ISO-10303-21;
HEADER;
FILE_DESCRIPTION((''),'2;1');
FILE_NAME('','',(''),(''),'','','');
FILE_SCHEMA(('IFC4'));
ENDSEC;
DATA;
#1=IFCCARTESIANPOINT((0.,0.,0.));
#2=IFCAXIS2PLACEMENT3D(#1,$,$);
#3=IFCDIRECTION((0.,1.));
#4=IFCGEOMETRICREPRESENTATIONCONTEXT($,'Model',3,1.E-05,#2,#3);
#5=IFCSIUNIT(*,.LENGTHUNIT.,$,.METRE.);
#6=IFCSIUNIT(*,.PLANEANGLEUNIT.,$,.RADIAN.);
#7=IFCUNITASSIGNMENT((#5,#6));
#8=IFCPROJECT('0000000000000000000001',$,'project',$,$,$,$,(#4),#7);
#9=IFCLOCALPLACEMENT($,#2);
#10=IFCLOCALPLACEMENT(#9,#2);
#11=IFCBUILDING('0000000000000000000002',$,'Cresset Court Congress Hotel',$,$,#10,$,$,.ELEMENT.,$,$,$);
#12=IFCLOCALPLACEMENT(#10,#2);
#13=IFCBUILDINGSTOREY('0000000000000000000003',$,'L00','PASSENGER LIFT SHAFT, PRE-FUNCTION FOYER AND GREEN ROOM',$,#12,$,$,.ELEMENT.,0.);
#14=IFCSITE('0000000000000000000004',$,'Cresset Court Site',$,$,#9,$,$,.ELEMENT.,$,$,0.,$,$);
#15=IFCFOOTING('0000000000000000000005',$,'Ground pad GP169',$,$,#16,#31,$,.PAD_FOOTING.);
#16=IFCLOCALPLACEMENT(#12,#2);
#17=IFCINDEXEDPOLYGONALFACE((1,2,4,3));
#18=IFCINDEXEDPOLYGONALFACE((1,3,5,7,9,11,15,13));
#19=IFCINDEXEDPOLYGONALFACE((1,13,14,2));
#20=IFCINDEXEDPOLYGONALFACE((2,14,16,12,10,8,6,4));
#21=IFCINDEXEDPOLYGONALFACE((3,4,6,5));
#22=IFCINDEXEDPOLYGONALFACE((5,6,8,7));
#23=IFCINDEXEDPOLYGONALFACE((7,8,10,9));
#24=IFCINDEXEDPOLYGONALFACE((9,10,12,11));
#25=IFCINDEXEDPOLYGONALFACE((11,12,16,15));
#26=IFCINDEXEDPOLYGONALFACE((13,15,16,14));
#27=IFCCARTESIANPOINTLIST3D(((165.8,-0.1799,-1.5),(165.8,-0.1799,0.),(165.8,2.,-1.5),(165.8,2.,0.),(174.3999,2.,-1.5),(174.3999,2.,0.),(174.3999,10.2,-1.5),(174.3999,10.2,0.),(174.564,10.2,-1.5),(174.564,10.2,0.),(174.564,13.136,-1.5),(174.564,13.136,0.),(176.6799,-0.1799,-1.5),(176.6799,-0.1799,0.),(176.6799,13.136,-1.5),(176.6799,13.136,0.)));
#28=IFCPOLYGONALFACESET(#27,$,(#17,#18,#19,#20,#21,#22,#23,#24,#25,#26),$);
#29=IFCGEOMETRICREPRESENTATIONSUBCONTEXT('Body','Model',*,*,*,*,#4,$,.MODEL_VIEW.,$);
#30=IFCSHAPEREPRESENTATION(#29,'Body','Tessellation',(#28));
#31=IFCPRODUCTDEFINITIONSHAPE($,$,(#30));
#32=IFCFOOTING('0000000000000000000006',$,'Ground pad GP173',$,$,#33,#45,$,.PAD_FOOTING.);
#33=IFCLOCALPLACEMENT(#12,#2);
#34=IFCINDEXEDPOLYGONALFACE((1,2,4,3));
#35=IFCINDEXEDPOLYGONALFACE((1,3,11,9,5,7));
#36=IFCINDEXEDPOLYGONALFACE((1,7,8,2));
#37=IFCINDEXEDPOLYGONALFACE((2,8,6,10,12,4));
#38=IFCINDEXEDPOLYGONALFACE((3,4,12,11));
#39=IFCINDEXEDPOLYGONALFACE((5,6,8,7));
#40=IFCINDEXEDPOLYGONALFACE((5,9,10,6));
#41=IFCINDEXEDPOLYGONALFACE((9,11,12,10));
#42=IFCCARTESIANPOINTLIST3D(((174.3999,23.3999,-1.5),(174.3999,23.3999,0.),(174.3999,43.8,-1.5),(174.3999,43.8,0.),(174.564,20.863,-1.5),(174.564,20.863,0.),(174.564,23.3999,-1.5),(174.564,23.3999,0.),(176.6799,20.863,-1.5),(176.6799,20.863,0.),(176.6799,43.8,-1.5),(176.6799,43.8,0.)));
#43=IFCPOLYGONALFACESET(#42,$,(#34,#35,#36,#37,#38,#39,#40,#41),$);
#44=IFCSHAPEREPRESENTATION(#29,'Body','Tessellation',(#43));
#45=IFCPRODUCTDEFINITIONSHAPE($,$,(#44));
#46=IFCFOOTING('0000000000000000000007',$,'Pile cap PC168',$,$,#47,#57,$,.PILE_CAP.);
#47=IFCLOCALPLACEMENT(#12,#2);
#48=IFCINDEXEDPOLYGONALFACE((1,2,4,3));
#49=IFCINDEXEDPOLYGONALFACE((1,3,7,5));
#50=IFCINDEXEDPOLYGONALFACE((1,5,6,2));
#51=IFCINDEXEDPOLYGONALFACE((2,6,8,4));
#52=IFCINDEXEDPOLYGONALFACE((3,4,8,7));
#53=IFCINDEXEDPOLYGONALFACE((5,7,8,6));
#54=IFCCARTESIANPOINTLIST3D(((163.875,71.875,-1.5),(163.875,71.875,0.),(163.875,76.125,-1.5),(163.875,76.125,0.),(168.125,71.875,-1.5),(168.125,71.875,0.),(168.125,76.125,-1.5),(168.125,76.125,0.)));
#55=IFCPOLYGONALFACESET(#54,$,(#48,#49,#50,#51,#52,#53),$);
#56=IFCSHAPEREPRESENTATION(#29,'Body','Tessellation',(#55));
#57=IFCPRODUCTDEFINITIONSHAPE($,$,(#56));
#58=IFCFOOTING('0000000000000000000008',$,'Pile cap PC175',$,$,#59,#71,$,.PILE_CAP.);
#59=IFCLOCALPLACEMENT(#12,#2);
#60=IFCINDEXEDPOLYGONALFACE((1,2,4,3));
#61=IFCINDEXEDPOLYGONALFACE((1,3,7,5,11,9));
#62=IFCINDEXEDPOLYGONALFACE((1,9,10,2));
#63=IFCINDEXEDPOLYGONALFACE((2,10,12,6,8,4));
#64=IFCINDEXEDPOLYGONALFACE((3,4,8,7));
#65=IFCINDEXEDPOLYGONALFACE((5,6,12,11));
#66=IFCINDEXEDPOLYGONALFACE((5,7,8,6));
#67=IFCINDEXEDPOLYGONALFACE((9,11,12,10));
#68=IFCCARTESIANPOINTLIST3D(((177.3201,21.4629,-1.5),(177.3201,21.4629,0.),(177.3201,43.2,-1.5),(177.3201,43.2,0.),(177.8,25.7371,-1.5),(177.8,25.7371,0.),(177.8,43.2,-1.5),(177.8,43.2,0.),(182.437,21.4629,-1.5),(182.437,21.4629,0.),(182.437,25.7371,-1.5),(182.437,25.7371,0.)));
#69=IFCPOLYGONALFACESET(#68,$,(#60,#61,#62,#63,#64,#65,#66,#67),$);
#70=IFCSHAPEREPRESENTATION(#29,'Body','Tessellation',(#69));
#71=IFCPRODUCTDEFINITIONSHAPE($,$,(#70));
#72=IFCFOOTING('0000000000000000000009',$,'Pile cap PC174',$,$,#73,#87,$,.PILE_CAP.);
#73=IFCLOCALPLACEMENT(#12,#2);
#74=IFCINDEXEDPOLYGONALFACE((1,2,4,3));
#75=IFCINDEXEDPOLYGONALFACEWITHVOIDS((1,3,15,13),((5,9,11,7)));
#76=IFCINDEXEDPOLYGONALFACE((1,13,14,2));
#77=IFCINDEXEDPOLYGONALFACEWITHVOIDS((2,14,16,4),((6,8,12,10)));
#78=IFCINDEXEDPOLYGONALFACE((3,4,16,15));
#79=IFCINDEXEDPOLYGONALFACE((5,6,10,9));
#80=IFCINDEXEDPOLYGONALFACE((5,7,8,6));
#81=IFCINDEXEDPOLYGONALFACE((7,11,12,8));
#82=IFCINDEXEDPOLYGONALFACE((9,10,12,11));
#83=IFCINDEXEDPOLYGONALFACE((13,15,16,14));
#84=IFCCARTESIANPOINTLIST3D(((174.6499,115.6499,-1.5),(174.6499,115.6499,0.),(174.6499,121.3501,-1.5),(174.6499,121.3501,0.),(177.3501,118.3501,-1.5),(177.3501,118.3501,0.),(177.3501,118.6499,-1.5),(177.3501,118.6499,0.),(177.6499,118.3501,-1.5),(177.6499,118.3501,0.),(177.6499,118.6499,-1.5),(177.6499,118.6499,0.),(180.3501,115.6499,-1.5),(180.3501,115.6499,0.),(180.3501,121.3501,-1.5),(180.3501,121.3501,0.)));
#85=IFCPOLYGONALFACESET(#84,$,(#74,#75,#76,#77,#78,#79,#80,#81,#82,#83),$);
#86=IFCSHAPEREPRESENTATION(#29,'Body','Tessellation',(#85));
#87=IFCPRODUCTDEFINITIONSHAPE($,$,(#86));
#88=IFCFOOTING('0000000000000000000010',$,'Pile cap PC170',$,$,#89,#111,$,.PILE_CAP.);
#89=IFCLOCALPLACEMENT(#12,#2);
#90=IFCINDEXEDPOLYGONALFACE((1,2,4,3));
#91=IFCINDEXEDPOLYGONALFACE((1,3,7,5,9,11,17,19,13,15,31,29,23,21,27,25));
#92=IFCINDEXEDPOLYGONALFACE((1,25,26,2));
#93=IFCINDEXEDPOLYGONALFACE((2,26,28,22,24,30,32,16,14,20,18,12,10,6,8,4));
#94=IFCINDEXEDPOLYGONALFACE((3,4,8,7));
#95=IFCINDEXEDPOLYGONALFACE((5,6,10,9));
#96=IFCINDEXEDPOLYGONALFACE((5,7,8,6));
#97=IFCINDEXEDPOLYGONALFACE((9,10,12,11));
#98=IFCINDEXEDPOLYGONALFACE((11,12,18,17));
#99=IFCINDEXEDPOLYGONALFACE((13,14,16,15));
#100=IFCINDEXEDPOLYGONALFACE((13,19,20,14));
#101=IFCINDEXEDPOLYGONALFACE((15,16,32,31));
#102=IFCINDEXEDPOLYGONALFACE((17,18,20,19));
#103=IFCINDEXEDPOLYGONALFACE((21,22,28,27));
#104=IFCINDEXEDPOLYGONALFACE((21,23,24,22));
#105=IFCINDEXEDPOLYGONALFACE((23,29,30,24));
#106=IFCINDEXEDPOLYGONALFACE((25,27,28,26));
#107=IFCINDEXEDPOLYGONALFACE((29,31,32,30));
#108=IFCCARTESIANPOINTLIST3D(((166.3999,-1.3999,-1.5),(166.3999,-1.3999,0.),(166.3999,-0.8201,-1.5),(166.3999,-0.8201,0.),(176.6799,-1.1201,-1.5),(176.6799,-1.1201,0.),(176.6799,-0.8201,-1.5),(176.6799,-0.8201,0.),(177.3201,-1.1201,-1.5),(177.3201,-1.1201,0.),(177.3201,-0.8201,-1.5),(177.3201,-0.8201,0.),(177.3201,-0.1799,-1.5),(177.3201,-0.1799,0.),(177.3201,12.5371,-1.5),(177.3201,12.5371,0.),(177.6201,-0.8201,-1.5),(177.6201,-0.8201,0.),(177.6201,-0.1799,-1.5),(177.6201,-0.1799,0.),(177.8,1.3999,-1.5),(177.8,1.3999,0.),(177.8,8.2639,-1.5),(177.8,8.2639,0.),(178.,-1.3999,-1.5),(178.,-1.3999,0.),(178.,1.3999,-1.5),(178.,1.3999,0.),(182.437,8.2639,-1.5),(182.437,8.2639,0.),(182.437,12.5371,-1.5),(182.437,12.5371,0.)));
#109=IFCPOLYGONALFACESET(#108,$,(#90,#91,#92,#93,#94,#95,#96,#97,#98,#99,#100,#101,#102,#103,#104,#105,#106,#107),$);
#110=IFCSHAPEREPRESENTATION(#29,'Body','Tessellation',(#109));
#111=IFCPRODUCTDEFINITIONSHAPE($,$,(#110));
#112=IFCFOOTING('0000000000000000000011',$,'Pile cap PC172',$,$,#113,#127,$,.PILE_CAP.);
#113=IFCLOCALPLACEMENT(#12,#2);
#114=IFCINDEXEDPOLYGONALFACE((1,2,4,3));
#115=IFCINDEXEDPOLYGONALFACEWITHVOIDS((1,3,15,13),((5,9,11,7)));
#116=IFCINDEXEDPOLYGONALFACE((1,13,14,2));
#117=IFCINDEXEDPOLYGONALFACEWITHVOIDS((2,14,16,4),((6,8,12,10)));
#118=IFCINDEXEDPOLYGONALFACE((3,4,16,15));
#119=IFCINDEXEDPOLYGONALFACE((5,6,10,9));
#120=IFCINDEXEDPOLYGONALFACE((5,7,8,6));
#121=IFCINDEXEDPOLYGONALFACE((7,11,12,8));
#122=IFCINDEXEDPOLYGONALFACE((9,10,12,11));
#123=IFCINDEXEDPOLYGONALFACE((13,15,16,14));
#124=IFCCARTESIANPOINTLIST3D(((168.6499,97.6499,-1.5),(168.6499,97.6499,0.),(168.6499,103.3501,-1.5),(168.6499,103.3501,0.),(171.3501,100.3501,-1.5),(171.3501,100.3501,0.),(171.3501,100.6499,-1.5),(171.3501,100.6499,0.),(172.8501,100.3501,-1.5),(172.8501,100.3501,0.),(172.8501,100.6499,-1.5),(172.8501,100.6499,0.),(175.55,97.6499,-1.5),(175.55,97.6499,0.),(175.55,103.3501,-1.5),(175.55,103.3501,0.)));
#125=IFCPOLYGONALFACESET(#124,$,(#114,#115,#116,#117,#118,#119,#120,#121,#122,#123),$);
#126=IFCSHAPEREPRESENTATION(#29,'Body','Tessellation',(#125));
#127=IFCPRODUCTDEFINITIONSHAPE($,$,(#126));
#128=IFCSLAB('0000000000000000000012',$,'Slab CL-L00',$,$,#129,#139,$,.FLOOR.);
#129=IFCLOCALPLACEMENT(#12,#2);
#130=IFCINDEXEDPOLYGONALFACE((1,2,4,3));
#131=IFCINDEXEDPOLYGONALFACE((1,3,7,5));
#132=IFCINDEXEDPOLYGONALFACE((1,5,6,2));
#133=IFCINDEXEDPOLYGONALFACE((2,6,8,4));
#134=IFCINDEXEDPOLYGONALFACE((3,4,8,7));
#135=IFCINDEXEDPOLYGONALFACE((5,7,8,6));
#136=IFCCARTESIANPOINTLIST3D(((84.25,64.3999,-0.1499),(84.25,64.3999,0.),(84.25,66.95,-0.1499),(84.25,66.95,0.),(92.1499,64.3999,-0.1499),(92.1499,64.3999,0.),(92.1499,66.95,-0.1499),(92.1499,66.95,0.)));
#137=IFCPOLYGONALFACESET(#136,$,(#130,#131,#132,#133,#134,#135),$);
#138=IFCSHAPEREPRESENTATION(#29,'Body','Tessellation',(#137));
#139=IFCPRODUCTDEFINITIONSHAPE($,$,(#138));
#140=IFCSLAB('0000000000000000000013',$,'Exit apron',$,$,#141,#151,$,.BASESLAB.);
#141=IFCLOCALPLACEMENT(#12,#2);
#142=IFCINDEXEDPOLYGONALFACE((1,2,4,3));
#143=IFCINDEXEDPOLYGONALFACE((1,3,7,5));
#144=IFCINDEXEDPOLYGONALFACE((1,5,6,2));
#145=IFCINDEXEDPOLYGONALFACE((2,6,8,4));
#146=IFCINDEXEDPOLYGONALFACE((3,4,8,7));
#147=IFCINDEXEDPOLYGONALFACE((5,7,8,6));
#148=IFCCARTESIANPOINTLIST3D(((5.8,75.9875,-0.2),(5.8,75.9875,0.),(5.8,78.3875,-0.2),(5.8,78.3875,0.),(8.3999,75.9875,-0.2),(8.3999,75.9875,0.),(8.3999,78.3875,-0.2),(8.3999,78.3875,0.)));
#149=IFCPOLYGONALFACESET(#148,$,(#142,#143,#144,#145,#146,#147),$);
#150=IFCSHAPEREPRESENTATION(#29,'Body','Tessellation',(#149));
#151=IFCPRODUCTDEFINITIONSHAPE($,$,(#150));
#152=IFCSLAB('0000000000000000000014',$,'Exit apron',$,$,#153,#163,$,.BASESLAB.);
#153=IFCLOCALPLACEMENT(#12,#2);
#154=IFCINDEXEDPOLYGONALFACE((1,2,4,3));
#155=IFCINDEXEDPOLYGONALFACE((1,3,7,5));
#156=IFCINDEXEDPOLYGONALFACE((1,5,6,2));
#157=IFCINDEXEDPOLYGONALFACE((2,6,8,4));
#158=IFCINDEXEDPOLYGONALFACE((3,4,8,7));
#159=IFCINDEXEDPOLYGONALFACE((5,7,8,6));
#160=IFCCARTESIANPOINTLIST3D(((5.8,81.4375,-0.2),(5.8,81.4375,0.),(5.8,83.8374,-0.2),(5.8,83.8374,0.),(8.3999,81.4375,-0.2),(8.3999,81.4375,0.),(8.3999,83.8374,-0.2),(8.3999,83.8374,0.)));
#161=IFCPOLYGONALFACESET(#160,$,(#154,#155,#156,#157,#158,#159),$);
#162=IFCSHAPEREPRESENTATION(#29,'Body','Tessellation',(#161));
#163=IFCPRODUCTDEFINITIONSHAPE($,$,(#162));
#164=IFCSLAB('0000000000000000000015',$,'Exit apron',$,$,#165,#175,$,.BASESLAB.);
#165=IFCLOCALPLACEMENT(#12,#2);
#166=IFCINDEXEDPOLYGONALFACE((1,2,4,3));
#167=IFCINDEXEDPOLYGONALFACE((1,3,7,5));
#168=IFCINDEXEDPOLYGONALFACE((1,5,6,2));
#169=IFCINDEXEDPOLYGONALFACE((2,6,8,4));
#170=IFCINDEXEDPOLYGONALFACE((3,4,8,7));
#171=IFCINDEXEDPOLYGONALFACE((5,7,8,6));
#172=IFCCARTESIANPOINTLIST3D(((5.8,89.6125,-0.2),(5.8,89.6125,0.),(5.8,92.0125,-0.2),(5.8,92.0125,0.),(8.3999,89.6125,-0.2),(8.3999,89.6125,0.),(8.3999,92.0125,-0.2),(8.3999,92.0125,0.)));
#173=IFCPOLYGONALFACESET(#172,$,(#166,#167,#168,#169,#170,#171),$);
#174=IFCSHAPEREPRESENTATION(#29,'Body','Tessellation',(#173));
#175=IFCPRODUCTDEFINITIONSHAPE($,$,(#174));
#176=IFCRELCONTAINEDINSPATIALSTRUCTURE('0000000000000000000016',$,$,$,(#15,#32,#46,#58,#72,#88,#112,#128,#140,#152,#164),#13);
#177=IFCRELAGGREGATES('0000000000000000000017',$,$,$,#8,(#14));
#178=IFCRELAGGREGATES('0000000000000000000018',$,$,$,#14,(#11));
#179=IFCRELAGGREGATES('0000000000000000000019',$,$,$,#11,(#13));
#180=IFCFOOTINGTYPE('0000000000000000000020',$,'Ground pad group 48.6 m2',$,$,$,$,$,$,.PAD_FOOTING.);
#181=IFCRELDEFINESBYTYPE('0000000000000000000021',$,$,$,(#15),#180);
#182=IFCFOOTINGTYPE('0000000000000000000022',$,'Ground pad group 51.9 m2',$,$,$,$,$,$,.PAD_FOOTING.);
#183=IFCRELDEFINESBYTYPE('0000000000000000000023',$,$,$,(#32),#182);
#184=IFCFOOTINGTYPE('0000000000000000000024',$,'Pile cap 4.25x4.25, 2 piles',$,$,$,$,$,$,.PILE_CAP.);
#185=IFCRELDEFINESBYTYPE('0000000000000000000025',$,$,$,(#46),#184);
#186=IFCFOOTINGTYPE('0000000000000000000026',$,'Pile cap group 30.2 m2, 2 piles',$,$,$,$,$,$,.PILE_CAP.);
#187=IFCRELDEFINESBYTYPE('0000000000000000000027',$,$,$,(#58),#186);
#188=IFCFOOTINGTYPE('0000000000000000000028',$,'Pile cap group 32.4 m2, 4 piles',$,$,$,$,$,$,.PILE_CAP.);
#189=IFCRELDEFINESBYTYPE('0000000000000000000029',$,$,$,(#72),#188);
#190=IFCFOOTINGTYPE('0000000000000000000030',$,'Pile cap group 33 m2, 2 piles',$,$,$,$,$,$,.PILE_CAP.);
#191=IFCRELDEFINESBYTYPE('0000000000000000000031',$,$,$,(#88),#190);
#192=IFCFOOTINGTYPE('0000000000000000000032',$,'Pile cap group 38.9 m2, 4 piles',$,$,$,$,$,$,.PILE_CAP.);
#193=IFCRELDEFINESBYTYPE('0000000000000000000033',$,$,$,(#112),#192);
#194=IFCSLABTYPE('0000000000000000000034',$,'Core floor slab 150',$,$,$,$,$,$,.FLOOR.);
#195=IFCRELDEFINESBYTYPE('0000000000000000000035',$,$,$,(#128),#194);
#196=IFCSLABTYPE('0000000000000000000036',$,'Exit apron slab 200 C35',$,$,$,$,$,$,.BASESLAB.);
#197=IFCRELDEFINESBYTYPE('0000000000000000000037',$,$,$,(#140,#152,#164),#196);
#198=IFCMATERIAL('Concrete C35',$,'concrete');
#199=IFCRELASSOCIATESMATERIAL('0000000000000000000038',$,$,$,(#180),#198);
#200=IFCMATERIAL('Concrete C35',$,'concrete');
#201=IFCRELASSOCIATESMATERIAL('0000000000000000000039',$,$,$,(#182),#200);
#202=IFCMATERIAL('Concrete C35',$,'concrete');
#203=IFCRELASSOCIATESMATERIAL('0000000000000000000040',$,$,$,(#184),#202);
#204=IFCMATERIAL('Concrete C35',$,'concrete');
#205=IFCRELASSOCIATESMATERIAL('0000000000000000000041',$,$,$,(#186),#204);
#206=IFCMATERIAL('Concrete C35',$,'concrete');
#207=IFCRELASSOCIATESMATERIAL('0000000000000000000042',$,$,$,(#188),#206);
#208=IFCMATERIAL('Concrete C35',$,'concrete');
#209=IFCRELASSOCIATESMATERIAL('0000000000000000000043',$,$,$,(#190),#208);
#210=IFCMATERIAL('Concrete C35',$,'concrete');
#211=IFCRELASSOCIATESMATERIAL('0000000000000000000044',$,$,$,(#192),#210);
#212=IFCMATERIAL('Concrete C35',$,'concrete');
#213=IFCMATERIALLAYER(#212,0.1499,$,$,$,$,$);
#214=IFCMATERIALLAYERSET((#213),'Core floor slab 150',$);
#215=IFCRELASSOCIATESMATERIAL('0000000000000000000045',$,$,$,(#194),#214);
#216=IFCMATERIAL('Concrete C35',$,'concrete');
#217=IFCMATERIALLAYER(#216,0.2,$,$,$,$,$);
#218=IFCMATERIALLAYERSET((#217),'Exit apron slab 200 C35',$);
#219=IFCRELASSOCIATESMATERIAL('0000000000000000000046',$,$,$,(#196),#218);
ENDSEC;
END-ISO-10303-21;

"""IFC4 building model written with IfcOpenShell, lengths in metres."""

from ifc_helpers import new_model, si_unit, direction, frame, origin, place, context, subcontext, project, spatial, polyline, outline, extrude, material, layer, layer_set, type_object, element, save


model = new_model("IFC4")

# Units and contexts
model_context = context("Model", 3, precision=1e-05, world=origin(), true_north=direction((0.0, 1.0)))
body_context = subcontext(model_context, "Body", "Model", "MODEL_VIEW")
ifc_project = project(units=[si_unit("LENGTHUNIT", "METRE"), si_unit("PLANEANGLEUNIT", "RADIAN")], contexts=[model_context])

# Site, building, storey
site_placement = place(None, origin())
site = spatial("IfcSite", under=ifc_project, at=site_placement, Name="Cresset Court Site", CompositionType="ELEMENT", RefElevation=0.0)
building_placement = place(site_placement, origin())
building = spatial("IfcBuilding", under=site, at=building_placement, Name="Cresset Court Congress Hotel", CompositionType="ELEMENT")
storey_placement = place(building_placement, origin())
storey = spatial("IfcBuildingStorey", under=building, at=storey_placement, Name="L00", Description="PASSENGER LIFT SHAFT, PRE-FUNCTION FOYER AND GREEN ROOM", CompositionType="ELEMENT", Elevation=0.0)

# Footings
ifc_material_1 = material(Name="Concrete C35", Category="concrete")
footing_type_1 = type_object("IfcFootingType", Name="Ground pad group 48.6 m2", PredefinedType="PAD_FOOTING", material=ifc_material_1)
footing_1_placement = place(storey_placement, frame((0.0, 0.0, -1.5)))
element("IfcFooting", 1, at=footing_1_placement, inside=storey, type_object=footing_type_1, Name="Ground pad GP169", PredefinedType="PAD_FOOTING", context=body_context, shape_type="SweptSolid", body=[
    extrude(outline(polyline([(174.3999, 10.2), (174.564, 10.2), (174.564, 13.136), (176.6799, 13.136), (176.6799, -0.1799), (165.8, -0.1799), (165.8, 2.0), (174.3999, 2.0), (174.3999, 10.2)])), origin(), (0.0, 0.0, 1.0), 1.5),
])
ifc_material_2 = material(Name="Concrete C35", Category="concrete")
footing_type_2 = type_object("IfcFootingType", Name="Ground pad group 51.9 m2", PredefinedType="PAD_FOOTING", material=ifc_material_2)
footing_2_placement = place(storey_placement, frame((0.0, 0.0, -1.5)))
element("IfcFooting", 2, at=footing_2_placement, inside=storey, type_object=footing_type_2, Name="Ground pad GP173", PredefinedType="PAD_FOOTING", context=body_context, shape_type="SweptSolid", body=[
    extrude(outline(polyline([(174.3999, 23.3999), (174.3999, 43.8), (176.6799, 43.8), (176.6799, 20.863), (174.564, 20.863), (174.564, 23.3999), (174.3999, 23.3999)])), origin(), (0.0, 0.0, 1.0), 1.5),
])
ifc_material_3 = material(Name="Concrete C35", Category="concrete")
footing_type_3 = type_object("IfcFootingType", Name="Pile cap 4.25x4.25, 2 piles", PredefinedType="PILE_CAP", material=ifc_material_3)
footing_3_placement = place(storey_placement, frame((0.0, 0.0, -1.5)))
element("IfcFooting", 3, at=footing_3_placement, inside=storey, type_object=footing_type_3, Name="Pile cap PC168", PredefinedType="PILE_CAP", context=body_context, shape_type="SweptSolid", body=[
    extrude(outline(polyline([(168.125, 76.125), (168.125, 71.875), (163.875, 71.875), (163.875, 76.125), (168.125, 76.125)])), origin(), (0.0, 0.0, 1.0), 1.5),
])
ifc_material_4 = material(Name="Concrete C35", Category="concrete")
footing_type_4 = type_object("IfcFootingType", Name="Pile cap group 30.2 m2, 2 piles", PredefinedType="PILE_CAP", material=ifc_material_4)
footing_4_placement = place(storey_placement, frame((0.0, 0.0, -1.5)))
element("IfcFooting", 4, at=footing_4_placement, inside=storey, type_object=footing_type_4, Name="Pile cap PC175", PredefinedType="PILE_CAP", context=body_context, shape_type="SweptSolid", body=[
    extrude(outline(polyline([(177.3201, 21.4629), (177.3201, 43.2), (177.8, 43.2), (177.8, 25.7371), (182.437, 25.7371), (182.437, 21.4629), (177.3201, 21.4629)])), origin(), (0.0, 0.0, 1.0), 1.5),
])
ifc_material_5 = material(Name="Concrete C35", Category="concrete")
footing_type_5 = type_object("IfcFootingType", Name="Pile cap group 32.4 m2, 4 piles", PredefinedType="PILE_CAP", material=ifc_material_5)
footing_5_placement = place(storey_placement, frame((0.0, 0.0, -1.5)))
element("IfcFooting", 5, at=footing_5_placement, inside=storey, type_object=footing_type_5, Name="Pile cap PC174", PredefinedType="PILE_CAP", context=body_context, shape_type="SweptSolid", body=[
    extrude(outline(polyline([(174.6499, 115.6499), (174.6499, 121.3501), (180.3501, 121.3501), (180.3501, 115.6499), (174.6499, 115.6499)]), holes=[polyline([(177.6499, 118.3501), (177.6499, 118.6499), (177.3501, 118.6499), (177.3501, 118.3501), (177.6499, 118.3501)])]), origin(), (0.0, 0.0, 1.0), 1.5),
])
ifc_material_6 = material(Name="Concrete C35", Category="concrete")
footing_type_6 = type_object("IfcFootingType", Name="Pile cap group 33 m2, 2 piles", PredefinedType="PILE_CAP", material=ifc_material_6)
footing_6_placement = place(storey_placement, frame((0.0, 0.0, -1.5)))
element("IfcFooting", 6, at=footing_6_placement, inside=storey, type_object=footing_type_6, Name="Pile cap PC170", PredefinedType="PILE_CAP", context=body_context, shape_type="SweptSolid", body=[
    extrude(outline(polyline([(178.0, 1.3999), (178.0, -1.3999), (166.3999, -1.3999), (166.3999, -0.8201), (176.6799, -0.8201), (176.6799, -1.1201), (177.3201, -1.1201), (177.3201, -0.8201), (177.6201, -0.8201), (177.6201, -0.1799), (177.3201, -0.1799), (177.3201, 12.5371), (182.437, 12.5371), (182.437, 8.2639), (177.8, 8.2639), (177.8, 1.3999), (178.0, 1.3999)])), origin(), (0.0, 0.0, 1.0), 1.5),
])
ifc_material_7 = material(Name="Concrete C35", Category="concrete")
footing_type_7 = type_object("IfcFootingType", Name="Pile cap group 38.9 m2, 4 piles", PredefinedType="PILE_CAP", material=ifc_material_7)
footing_7_placement = place(storey_placement, frame((0.0, 0.0, -1.5)))
element("IfcFooting", 7, at=footing_7_placement, inside=storey, type_object=footing_type_7, Name="Pile cap PC172", PredefinedType="PILE_CAP", context=body_context, shape_type="SweptSolid", body=[
    extrude(outline(polyline([(168.6499, 103.3501), (175.55, 103.3501), (175.55, 97.6499), (168.6499, 97.6499), (168.6499, 103.3501)]), holes=[polyline([(172.8501, 100.3501), (172.8501, 100.6499), (171.3501, 100.6499), (171.3501, 100.3501), (172.8501, 100.3501)])]), origin(), (0.0, 0.0, 1.0), 1.5),
])

# Slabs
ifc_material_8 = material(Name="Concrete C35", Category="concrete")
ifc_layer_1 = layer(ifc_material_8, 0.1499)
ifc_layer_set_1 = layer_set([ifc_layer_1], Name="Core floor slab 150")
slab_type_1 = type_object("IfcSlabType", Name="Core floor slab 150", PredefinedType="FLOOR", material=ifc_layer_set_1)
slab_1_placement = place(storey_placement, frame((0.0, 0.0, -0.1499)))
element("IfcSlab", 8, at=slab_1_placement, inside=storey, type_object=slab_type_1, Name="Slab CL-L00", PredefinedType="FLOOR", context=body_context, shape_type="SweptSolid", body=[
    extrude(outline(polyline([(92.1499, 64.3999), (92.1499, 66.95), (84.25, 66.95), (84.25, 64.3999), (92.1499, 64.3999)])), origin(), (0.0, 0.0, 1.0), 0.1499),
])
ifc_material_9 = material(Name="Concrete C35", Category="concrete")
ifc_layer_2 = layer(ifc_material_9, 0.2)
ifc_layer_set_2 = layer_set([ifc_layer_2], Name="Exit apron slab 200 C35")
slab_type_2 = type_object("IfcSlabType", Name="Exit apron slab 200 C35", PredefinedType="BASESLAB", material=ifc_layer_set_2)
slab_2_placement = place(storey_placement, frame((0.0, 0.0, -0.2)))
element("IfcSlab", 9, at=slab_2_placement, inside=storey, type_object=slab_type_2, Name="Exit apron", PredefinedType="BASESLAB", context=body_context, shape_type="SweptSolid", body=[
    extrude(outline(polyline([(5.8, 75.9875), (8.3999, 75.9875), (8.3999, 78.3875), (5.8, 78.3875), (5.8, 75.9875)])), origin(), (0.0, 0.0, 1.0), 0.2),
])
slab_3_placement = place(storey_placement, frame((0.0, 0.0, -0.2)))
element("IfcSlab", 10, at=slab_3_placement, inside=storey, type_object=slab_type_2, Name="Exit apron", PredefinedType="BASESLAB", context=body_context, shape_type="SweptSolid", body=[
    extrude(outline(polyline([(5.8, 81.4375), (8.3999, 81.4375), (8.3999, 83.8374), (5.8, 83.8374), (5.8, 81.4375)])), origin(), (0.0, 0.0, 1.0), 0.2),
])
slab_4_placement = place(storey_placement, frame((0.0, 0.0, -0.2)))
element("IfcSlab", 11, at=slab_4_placement, inside=storey, type_object=slab_type_2, Name="Exit apron", PredefinedType="BASESLAB", context=body_context, shape_type="SweptSolid", body=[
    extrude(outline(polyline([(5.8, 89.6125), (8.3999, 89.6125), (8.3999, 92.0125), (5.8, 92.0125), (5.8, 89.6125)])), origin(), (0.0, 0.0, 1.0), 0.2),
])

save(model, "model.ifc")
